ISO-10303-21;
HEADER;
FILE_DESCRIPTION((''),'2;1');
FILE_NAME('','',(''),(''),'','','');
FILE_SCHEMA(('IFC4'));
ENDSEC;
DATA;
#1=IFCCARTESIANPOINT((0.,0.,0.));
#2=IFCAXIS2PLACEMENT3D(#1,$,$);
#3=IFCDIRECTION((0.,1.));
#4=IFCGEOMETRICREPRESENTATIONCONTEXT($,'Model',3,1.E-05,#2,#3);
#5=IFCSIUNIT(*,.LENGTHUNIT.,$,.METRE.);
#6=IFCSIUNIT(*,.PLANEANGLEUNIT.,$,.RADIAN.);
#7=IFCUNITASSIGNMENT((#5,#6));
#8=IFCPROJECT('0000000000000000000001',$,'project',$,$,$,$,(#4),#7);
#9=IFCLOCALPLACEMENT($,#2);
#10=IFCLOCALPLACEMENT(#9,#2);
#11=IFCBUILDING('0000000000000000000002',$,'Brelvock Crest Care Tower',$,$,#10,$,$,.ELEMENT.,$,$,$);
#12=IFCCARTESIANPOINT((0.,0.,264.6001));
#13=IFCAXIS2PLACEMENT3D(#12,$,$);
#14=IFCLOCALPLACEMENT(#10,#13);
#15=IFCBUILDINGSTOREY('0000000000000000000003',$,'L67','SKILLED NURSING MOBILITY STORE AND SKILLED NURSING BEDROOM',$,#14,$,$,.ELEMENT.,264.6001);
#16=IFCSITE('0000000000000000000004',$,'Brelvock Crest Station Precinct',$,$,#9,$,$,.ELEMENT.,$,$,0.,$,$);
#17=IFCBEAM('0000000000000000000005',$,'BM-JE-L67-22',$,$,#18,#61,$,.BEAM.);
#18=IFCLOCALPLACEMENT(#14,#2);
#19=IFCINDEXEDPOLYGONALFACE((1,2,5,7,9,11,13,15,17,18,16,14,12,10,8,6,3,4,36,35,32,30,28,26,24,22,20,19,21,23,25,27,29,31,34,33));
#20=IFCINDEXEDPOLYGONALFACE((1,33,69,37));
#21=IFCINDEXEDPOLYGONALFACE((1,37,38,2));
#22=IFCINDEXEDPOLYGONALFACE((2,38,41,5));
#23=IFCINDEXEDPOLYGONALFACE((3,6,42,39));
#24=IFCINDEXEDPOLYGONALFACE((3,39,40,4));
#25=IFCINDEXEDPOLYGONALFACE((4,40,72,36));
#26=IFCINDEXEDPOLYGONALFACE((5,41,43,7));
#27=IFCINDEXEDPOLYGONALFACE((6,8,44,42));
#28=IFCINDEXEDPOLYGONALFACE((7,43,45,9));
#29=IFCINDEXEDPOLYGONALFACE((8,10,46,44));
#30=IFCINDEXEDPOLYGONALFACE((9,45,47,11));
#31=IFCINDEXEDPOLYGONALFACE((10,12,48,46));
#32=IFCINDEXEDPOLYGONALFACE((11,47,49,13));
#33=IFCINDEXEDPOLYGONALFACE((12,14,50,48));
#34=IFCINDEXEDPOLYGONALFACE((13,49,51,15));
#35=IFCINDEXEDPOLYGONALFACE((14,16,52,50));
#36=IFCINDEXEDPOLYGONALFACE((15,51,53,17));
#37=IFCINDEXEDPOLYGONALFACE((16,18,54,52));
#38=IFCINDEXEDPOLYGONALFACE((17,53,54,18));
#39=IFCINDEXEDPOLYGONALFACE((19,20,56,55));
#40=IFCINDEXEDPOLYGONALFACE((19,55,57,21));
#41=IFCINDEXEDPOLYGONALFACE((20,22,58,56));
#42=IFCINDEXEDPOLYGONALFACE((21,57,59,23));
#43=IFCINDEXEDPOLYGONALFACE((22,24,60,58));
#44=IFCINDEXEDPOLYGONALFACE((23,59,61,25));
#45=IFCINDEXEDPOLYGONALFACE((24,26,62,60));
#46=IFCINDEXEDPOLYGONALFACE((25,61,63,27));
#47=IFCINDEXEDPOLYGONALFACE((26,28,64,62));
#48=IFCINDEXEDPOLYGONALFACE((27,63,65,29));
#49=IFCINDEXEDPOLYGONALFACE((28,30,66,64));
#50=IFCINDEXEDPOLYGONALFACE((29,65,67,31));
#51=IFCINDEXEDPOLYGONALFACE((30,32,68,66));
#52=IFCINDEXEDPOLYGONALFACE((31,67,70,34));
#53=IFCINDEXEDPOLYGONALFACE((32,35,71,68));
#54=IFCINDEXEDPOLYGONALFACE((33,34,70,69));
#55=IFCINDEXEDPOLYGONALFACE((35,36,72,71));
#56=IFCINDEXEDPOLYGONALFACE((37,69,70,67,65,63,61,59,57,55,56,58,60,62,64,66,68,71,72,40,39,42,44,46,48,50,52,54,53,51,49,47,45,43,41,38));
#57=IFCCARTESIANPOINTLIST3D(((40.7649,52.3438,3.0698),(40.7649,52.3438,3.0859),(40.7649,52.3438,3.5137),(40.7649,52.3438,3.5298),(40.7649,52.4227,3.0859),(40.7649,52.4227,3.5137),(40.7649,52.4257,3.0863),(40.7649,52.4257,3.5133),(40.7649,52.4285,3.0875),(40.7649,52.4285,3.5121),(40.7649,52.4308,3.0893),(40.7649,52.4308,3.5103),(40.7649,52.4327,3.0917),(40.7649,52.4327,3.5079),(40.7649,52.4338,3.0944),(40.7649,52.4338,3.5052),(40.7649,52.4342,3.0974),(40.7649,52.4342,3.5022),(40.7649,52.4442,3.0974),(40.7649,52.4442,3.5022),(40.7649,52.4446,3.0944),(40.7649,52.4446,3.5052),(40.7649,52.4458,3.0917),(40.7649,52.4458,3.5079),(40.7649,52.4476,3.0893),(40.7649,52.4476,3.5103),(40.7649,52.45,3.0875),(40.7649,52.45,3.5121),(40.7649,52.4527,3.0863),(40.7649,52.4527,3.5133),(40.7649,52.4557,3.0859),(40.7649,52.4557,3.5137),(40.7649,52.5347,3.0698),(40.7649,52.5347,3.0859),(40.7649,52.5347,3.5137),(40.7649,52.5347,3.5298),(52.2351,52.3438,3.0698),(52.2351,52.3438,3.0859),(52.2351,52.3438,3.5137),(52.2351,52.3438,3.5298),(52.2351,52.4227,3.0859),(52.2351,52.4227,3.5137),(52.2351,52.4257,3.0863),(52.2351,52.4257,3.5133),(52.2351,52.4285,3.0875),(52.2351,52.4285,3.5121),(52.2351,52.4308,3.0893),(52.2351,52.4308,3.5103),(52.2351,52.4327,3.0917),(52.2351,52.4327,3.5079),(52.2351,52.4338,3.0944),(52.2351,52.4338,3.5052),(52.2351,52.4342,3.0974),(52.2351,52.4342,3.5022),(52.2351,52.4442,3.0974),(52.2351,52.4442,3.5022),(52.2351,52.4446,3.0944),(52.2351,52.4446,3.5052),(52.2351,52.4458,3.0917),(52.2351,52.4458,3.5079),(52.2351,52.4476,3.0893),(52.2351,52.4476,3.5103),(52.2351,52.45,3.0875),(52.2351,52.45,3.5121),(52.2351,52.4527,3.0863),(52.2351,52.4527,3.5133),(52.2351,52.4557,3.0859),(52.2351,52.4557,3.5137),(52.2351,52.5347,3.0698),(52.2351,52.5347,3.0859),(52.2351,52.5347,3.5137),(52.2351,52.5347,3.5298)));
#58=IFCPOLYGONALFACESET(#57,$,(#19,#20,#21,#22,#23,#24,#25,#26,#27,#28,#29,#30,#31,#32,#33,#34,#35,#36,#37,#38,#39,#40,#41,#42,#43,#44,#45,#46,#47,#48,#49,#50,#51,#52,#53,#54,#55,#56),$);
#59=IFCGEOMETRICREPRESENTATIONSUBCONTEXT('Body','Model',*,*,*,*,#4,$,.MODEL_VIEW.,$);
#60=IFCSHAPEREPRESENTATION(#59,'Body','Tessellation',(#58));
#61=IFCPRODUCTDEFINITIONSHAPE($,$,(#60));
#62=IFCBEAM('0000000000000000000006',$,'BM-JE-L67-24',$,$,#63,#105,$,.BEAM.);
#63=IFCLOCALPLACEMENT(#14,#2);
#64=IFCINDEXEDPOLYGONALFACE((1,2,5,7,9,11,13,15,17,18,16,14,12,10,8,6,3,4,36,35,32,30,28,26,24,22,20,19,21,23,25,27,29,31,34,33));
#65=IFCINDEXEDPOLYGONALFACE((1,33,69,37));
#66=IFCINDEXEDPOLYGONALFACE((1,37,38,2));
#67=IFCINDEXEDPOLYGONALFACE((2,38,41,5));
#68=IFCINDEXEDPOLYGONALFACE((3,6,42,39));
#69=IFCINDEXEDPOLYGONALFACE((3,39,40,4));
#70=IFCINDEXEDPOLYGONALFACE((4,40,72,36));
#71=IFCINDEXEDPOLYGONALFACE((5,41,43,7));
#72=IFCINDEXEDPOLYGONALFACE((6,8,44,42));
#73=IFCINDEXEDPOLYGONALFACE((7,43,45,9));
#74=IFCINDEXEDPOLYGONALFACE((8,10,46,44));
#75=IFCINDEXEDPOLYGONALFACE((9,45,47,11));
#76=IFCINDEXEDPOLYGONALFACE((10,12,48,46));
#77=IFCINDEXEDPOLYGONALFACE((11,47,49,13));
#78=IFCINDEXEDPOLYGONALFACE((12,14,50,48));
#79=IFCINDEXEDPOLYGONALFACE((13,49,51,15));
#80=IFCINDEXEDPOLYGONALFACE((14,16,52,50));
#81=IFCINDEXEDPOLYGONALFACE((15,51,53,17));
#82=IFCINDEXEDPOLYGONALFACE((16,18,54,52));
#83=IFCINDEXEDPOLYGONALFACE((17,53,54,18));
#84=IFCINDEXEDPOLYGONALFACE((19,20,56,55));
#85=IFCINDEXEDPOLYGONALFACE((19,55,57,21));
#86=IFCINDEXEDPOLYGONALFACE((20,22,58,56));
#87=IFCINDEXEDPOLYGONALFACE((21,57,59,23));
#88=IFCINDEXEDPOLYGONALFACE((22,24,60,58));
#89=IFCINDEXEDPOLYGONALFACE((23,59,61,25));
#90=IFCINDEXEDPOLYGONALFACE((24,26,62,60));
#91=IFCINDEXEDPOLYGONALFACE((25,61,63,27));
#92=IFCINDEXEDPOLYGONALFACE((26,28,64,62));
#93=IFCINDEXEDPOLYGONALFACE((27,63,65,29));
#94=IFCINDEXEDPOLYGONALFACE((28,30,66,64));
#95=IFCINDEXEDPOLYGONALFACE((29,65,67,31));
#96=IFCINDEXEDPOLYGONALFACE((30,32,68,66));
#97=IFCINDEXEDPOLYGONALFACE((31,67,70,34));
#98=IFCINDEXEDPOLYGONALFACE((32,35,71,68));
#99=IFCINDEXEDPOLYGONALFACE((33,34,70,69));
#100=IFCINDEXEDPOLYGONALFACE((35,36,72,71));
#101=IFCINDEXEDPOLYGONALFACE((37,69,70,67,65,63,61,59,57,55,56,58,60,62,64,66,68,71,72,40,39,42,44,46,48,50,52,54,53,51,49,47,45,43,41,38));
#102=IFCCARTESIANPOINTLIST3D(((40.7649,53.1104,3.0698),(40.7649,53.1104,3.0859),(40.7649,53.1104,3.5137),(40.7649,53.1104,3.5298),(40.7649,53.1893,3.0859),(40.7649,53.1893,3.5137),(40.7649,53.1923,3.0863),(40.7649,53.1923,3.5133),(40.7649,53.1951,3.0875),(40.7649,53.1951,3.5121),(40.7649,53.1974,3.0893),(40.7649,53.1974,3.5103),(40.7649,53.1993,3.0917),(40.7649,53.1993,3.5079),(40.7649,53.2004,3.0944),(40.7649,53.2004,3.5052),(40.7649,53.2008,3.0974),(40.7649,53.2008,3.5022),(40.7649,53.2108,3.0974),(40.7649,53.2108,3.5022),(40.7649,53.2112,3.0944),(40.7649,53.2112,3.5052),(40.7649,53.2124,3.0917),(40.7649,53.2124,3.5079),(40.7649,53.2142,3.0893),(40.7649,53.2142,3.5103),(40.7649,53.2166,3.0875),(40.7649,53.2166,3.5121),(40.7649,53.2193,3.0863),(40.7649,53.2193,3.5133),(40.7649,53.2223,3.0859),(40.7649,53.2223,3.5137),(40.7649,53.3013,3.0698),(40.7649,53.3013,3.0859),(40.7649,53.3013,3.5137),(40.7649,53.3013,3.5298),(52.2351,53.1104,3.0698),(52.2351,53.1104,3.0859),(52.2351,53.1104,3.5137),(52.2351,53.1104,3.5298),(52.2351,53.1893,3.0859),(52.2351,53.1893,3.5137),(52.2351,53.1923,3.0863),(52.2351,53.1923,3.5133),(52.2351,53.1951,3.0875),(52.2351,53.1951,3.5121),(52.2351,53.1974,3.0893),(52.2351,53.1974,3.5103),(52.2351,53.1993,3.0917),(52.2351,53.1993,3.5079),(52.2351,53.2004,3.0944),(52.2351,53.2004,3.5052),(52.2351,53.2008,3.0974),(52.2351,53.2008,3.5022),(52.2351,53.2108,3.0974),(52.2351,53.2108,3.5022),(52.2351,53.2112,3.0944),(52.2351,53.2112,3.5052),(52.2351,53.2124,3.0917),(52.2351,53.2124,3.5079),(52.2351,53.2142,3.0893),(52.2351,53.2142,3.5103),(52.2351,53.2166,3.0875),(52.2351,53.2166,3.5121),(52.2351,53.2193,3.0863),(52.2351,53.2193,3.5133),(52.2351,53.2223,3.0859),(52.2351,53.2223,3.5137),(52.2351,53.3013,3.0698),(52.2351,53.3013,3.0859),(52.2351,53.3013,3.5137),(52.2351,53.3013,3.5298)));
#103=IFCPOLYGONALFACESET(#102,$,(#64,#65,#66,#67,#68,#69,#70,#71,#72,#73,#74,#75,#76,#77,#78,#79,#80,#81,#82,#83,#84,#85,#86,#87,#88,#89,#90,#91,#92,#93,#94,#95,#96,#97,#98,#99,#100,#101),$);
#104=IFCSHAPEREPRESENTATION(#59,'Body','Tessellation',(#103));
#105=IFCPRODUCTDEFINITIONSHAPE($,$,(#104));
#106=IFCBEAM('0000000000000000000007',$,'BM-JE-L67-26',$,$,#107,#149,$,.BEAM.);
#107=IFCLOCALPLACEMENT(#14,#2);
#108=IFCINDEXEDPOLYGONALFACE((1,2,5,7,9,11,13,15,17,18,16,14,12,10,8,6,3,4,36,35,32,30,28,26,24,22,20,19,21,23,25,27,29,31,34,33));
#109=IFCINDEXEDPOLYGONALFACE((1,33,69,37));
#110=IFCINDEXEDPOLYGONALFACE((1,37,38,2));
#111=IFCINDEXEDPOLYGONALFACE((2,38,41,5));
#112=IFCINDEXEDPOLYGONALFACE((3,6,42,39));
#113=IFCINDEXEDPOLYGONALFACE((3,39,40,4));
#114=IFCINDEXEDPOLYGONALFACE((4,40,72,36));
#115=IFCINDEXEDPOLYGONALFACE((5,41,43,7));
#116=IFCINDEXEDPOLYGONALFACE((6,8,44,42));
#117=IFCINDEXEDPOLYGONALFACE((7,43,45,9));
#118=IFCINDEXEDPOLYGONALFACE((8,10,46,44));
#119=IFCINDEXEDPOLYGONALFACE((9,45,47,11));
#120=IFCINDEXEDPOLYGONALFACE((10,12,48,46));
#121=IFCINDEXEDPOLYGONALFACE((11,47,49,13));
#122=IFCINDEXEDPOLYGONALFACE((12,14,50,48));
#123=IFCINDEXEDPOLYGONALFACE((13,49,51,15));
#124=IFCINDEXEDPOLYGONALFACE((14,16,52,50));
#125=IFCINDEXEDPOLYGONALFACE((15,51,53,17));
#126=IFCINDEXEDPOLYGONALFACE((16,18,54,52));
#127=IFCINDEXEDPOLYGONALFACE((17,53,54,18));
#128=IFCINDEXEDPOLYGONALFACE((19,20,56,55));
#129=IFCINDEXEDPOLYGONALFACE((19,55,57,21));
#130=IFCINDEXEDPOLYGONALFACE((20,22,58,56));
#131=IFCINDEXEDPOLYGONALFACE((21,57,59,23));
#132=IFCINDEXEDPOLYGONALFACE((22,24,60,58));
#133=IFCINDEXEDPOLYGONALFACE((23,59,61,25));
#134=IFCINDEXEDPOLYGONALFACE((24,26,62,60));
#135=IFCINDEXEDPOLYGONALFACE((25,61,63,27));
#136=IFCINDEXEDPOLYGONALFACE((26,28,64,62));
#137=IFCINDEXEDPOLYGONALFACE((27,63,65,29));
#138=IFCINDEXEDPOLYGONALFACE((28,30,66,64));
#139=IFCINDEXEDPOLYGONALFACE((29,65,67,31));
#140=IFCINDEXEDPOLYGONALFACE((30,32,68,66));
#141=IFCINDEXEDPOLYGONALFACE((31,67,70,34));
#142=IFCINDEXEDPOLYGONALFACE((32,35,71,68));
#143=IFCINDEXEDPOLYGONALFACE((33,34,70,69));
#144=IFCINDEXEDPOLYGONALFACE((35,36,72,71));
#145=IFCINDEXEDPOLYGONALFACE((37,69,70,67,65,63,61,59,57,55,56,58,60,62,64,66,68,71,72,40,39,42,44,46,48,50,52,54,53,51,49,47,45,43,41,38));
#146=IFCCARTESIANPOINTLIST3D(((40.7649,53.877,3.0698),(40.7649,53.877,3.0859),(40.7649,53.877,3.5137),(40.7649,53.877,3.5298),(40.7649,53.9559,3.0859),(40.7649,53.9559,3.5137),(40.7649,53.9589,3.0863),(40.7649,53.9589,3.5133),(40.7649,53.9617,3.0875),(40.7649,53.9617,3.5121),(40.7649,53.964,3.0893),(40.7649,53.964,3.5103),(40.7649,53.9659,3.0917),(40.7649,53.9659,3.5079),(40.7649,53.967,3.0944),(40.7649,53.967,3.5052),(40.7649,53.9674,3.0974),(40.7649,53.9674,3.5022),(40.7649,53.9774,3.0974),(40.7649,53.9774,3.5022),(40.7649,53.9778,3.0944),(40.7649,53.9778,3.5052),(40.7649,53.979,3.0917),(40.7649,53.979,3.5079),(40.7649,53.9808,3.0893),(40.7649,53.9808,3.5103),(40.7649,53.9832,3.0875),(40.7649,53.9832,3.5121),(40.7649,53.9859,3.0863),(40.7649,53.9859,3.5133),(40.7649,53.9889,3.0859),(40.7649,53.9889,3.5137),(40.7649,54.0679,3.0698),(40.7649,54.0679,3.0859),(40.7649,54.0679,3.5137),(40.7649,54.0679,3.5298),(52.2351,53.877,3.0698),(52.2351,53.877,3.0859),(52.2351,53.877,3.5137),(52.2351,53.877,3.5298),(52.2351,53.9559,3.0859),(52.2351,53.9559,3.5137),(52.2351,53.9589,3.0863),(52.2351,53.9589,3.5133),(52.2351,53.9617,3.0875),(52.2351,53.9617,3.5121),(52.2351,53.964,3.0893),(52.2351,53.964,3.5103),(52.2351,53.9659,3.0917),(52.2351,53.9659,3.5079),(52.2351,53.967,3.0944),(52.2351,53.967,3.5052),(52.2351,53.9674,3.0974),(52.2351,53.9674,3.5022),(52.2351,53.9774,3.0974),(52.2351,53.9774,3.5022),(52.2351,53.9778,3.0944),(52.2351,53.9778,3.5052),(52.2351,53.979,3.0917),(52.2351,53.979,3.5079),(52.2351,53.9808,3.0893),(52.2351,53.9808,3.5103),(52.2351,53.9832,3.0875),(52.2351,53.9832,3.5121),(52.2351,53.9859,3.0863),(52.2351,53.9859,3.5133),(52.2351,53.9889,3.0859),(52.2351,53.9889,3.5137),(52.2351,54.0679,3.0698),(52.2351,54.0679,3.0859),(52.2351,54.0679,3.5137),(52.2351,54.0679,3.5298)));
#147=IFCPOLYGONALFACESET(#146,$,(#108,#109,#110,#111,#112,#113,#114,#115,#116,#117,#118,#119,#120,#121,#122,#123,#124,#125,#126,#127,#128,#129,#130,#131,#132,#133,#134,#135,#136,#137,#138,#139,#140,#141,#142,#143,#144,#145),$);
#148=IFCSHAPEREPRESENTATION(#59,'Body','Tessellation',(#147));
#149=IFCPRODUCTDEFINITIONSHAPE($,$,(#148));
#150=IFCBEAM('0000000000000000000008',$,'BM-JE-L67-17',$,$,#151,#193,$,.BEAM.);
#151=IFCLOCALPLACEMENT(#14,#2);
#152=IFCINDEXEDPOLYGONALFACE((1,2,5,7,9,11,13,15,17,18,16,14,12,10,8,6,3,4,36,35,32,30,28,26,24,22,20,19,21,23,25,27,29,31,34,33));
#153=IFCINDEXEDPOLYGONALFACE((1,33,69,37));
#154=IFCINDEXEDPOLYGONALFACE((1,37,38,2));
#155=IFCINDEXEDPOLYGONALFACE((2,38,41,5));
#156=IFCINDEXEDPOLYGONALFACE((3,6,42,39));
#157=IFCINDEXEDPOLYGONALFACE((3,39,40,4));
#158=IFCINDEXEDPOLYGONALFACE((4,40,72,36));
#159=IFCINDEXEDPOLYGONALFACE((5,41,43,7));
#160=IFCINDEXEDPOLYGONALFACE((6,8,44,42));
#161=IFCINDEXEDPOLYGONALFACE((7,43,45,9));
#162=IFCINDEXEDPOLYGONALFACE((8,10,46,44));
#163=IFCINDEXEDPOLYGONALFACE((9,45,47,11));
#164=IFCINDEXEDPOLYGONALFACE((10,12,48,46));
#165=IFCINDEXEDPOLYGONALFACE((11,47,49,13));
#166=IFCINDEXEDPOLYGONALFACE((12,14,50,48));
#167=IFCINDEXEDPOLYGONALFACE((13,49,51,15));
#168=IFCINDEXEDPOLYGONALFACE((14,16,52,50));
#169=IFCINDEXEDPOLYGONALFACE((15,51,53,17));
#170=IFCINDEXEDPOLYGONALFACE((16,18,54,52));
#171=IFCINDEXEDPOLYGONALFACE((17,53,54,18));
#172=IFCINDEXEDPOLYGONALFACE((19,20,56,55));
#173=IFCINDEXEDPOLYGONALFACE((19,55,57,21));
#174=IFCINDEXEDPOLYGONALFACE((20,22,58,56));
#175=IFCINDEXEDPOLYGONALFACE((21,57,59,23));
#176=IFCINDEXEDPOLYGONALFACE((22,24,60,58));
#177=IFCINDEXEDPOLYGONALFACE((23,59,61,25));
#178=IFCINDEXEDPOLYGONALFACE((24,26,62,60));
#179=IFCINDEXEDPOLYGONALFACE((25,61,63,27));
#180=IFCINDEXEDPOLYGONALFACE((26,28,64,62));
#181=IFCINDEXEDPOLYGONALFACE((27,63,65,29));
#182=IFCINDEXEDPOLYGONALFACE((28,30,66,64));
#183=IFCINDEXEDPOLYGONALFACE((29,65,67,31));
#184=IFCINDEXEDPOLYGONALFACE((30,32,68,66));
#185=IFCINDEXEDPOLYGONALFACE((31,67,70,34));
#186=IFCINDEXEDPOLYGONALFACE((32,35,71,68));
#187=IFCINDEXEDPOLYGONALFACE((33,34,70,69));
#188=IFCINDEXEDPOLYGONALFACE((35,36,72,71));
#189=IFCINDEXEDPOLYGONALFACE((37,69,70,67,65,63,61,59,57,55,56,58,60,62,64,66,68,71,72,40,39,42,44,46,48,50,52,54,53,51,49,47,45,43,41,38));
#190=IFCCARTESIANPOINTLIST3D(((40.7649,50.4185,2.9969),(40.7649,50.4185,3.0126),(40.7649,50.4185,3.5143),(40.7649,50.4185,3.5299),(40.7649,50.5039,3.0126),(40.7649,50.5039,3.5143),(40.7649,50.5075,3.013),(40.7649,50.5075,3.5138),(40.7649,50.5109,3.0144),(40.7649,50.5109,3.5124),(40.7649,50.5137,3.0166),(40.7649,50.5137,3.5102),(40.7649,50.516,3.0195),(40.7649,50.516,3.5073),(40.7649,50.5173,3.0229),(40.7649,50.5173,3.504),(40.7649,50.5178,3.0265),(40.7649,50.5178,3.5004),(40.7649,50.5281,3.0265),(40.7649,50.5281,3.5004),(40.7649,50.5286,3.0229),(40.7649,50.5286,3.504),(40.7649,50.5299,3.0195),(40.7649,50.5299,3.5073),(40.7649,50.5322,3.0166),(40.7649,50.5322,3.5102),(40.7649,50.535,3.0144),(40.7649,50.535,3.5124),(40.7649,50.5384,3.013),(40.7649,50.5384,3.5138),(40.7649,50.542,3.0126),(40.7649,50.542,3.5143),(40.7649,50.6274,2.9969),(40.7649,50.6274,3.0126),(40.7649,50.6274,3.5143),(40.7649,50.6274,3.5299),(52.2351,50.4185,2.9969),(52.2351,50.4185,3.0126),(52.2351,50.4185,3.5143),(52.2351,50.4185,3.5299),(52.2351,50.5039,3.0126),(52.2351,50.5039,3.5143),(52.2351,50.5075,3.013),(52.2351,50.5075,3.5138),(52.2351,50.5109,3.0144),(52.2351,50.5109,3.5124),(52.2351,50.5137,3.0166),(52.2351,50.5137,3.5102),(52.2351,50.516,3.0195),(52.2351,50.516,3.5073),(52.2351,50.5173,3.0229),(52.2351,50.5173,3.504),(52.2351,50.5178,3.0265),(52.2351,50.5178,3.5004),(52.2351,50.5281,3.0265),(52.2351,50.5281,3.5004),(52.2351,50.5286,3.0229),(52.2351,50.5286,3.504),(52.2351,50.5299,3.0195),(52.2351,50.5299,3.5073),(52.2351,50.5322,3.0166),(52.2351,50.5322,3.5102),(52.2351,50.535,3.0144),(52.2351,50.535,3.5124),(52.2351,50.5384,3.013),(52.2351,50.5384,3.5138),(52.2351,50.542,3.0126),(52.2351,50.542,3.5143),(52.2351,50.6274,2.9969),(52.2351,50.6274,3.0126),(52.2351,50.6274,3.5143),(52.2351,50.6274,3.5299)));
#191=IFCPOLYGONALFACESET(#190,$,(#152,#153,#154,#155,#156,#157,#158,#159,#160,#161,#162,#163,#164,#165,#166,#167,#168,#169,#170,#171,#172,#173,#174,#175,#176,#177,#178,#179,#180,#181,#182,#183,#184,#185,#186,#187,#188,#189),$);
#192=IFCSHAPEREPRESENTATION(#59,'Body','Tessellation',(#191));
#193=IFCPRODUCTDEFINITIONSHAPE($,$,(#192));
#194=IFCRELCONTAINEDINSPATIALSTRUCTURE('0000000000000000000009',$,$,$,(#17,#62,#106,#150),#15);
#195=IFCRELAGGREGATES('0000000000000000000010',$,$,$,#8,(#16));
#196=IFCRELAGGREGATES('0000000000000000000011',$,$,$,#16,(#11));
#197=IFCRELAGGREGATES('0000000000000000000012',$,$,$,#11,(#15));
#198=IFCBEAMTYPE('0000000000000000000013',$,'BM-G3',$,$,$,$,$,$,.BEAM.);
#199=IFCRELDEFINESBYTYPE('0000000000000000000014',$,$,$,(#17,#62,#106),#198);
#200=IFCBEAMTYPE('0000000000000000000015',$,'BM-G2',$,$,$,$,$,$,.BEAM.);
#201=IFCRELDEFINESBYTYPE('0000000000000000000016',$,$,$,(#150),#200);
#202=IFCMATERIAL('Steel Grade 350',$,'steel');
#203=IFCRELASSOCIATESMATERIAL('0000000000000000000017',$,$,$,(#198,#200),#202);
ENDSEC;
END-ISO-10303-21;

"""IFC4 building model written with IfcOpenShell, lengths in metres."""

from ifc_helpers import new_model, si_unit, direction, frame, origin, origin_2d, place, context, subcontext, project, spatial, i_section, extrude, source, transform, mapped, material, material_profile, profile_set, type_object, element, save


model = new_model("IFC4")

# Units and contexts
model_context = context("Model", 3, precision=1e-05, world=origin(), true_north=direction((0.0, 1.0)))
body_context = subcontext(model_context, "Body", "Model", "MODEL_VIEW")
ifc_project = project(units=[si_unit("LENGTHUNIT", "METRE"), si_unit("PLANEANGLEUNIT", "RADIAN")], contexts=[model_context])

# Site, building, storey
site_placement = place(None, origin())
site = spatial("IfcSite", under=ifc_project, at=site_placement, Name="Brelvock Crest Station Precinct", CompositionType="ELEMENT", RefElevation=0.0)
building_placement = place(site_placement, origin())
building = spatial("IfcBuilding", under=site, at=building_placement, Name="Brelvock Crest Care Tower", CompositionType="ELEMENT")
storey_placement = place(building_placement, frame((0.0, 0.0, 264.6001)))
storey = spatial("IfcBuildingStorey", under=building, at=storey_placement, Name="L67", Description="SKILLED NURSING MOBILITY STORE AND SKILLED NURSING BEDROOM", CompositionType="ELEMENT", Elevation=264.6001)

# Shared definitions
ifc_material_1 = material(Name="Steel Grade 350", Category="steel")

# Beams
ifc_material_profile_1 = material_profile(ifc_material_1, i_section(OverallWidth=0.1909, OverallDepth=0.46, WebThickness=0.01, FlangeThickness=0.0161, FilletRadius=0.0115, at=origin_2d()), Name="460UB82.1")
ifc_profile_set_1 = profile_set([ifc_material_profile_1], Name="Steel Grade 350")
beam_type_1 = type_object("IfcBeamType", Name="BM-G3", PredefinedType="BEAM", material=ifc_profile_set_1)
shared_shape_1 = source(origin(), body_context, "Body", "SweptSolid", [
    extrude(i_section(OverallWidth=0.1909, OverallDepth=0.46, WebThickness=0.01, FlangeThickness=0.0161, FilletRadius=0.0115, at=origin_2d()), origin(), (0.0, 0.0, 1.0), 11.4702),
])
for number, where, z_axis, x_axis, name in (
    (1, (40.7649, 52.4392, 3.2998), (1.0, 0.0, 0.0), (0.0, 1.0, 0.0), "BM-JE-L67-22"),
    (2, (40.7649, 53.2058, 3.2998), (1.0, 0.0, 0.0), (0.0, 1.0, 0.0), "BM-JE-L67-24"),
    (3, (40.7649, 53.9724, 3.2998), (1.0, 0.0, 0.0), (0.0, 1.0, 0.0), "BM-JE-L67-26"),
):
    element("IfcBeam", number, at=place(storey_placement, frame(where, z_axis=z_axis, x_axis=x_axis)), inside=storey, type_object=beam_type_1, Name=name, PredefinedType="BEAM", context=body_context, shape_type="MappedRepresentation", body=[
        mapped(shared_shape_1, transform((0.0, 0.0, 0.0), x_axis=(1.0, 0.0, 0.0), y_axis=(0.0, 1.0, 0.0), z_axis=(0.0, 0.0, 1.0), scale=1.0)),
    ])
ifc_material_profile_2 = material_profile(ifc_material_1, i_section(OverallWidth=0.209, OverallDepth=0.533, WebThickness=0.0103, FlangeThickness=0.0156, FilletRadius=0.0139, at=origin_2d()), Name="530UB92.4")
ifc_profile_set_2 = profile_set([ifc_material_profile_2], Name="Steel Grade 350")
beam_type_2 = type_object("IfcBeamType", Name="BM-G2", PredefinedType="BEAM", material=ifc_profile_set_2)
shared_shape_2 = source(origin(), body_context, "Body", "SweptSolid", [
    extrude(i_section(OverallWidth=0.209, OverallDepth=0.533, WebThickness=0.0103, FlangeThickness=0.0156, FilletRadius=0.0139, at=origin_2d()), origin(), (0.0, 0.0, 1.0), 11.4702),
])
for number, where, z_axis, x_axis, name in (
    (4, (40.7649, 50.5229, 3.2634), (1.0, 0.0, 0.0), (0.0, 1.0, 0.0), "BM-JE-L67-17"),
):
    element("IfcBeam", number, at=place(storey_placement, frame(where, z_axis=z_axis, x_axis=x_axis)), inside=storey, type_object=beam_type_2, Name=name, PredefinedType="BEAM", context=body_context, shape_type="MappedRepresentation", body=[
        mapped(shared_shape_2, transform((0.0, 0.0, 0.0), x_axis=(1.0, 0.0, 0.0), y_axis=(0.0, 1.0, 0.0), z_axis=(0.0, 0.0, 1.0), scale=1.0)),
    ])

save(model, "model.ifc")
